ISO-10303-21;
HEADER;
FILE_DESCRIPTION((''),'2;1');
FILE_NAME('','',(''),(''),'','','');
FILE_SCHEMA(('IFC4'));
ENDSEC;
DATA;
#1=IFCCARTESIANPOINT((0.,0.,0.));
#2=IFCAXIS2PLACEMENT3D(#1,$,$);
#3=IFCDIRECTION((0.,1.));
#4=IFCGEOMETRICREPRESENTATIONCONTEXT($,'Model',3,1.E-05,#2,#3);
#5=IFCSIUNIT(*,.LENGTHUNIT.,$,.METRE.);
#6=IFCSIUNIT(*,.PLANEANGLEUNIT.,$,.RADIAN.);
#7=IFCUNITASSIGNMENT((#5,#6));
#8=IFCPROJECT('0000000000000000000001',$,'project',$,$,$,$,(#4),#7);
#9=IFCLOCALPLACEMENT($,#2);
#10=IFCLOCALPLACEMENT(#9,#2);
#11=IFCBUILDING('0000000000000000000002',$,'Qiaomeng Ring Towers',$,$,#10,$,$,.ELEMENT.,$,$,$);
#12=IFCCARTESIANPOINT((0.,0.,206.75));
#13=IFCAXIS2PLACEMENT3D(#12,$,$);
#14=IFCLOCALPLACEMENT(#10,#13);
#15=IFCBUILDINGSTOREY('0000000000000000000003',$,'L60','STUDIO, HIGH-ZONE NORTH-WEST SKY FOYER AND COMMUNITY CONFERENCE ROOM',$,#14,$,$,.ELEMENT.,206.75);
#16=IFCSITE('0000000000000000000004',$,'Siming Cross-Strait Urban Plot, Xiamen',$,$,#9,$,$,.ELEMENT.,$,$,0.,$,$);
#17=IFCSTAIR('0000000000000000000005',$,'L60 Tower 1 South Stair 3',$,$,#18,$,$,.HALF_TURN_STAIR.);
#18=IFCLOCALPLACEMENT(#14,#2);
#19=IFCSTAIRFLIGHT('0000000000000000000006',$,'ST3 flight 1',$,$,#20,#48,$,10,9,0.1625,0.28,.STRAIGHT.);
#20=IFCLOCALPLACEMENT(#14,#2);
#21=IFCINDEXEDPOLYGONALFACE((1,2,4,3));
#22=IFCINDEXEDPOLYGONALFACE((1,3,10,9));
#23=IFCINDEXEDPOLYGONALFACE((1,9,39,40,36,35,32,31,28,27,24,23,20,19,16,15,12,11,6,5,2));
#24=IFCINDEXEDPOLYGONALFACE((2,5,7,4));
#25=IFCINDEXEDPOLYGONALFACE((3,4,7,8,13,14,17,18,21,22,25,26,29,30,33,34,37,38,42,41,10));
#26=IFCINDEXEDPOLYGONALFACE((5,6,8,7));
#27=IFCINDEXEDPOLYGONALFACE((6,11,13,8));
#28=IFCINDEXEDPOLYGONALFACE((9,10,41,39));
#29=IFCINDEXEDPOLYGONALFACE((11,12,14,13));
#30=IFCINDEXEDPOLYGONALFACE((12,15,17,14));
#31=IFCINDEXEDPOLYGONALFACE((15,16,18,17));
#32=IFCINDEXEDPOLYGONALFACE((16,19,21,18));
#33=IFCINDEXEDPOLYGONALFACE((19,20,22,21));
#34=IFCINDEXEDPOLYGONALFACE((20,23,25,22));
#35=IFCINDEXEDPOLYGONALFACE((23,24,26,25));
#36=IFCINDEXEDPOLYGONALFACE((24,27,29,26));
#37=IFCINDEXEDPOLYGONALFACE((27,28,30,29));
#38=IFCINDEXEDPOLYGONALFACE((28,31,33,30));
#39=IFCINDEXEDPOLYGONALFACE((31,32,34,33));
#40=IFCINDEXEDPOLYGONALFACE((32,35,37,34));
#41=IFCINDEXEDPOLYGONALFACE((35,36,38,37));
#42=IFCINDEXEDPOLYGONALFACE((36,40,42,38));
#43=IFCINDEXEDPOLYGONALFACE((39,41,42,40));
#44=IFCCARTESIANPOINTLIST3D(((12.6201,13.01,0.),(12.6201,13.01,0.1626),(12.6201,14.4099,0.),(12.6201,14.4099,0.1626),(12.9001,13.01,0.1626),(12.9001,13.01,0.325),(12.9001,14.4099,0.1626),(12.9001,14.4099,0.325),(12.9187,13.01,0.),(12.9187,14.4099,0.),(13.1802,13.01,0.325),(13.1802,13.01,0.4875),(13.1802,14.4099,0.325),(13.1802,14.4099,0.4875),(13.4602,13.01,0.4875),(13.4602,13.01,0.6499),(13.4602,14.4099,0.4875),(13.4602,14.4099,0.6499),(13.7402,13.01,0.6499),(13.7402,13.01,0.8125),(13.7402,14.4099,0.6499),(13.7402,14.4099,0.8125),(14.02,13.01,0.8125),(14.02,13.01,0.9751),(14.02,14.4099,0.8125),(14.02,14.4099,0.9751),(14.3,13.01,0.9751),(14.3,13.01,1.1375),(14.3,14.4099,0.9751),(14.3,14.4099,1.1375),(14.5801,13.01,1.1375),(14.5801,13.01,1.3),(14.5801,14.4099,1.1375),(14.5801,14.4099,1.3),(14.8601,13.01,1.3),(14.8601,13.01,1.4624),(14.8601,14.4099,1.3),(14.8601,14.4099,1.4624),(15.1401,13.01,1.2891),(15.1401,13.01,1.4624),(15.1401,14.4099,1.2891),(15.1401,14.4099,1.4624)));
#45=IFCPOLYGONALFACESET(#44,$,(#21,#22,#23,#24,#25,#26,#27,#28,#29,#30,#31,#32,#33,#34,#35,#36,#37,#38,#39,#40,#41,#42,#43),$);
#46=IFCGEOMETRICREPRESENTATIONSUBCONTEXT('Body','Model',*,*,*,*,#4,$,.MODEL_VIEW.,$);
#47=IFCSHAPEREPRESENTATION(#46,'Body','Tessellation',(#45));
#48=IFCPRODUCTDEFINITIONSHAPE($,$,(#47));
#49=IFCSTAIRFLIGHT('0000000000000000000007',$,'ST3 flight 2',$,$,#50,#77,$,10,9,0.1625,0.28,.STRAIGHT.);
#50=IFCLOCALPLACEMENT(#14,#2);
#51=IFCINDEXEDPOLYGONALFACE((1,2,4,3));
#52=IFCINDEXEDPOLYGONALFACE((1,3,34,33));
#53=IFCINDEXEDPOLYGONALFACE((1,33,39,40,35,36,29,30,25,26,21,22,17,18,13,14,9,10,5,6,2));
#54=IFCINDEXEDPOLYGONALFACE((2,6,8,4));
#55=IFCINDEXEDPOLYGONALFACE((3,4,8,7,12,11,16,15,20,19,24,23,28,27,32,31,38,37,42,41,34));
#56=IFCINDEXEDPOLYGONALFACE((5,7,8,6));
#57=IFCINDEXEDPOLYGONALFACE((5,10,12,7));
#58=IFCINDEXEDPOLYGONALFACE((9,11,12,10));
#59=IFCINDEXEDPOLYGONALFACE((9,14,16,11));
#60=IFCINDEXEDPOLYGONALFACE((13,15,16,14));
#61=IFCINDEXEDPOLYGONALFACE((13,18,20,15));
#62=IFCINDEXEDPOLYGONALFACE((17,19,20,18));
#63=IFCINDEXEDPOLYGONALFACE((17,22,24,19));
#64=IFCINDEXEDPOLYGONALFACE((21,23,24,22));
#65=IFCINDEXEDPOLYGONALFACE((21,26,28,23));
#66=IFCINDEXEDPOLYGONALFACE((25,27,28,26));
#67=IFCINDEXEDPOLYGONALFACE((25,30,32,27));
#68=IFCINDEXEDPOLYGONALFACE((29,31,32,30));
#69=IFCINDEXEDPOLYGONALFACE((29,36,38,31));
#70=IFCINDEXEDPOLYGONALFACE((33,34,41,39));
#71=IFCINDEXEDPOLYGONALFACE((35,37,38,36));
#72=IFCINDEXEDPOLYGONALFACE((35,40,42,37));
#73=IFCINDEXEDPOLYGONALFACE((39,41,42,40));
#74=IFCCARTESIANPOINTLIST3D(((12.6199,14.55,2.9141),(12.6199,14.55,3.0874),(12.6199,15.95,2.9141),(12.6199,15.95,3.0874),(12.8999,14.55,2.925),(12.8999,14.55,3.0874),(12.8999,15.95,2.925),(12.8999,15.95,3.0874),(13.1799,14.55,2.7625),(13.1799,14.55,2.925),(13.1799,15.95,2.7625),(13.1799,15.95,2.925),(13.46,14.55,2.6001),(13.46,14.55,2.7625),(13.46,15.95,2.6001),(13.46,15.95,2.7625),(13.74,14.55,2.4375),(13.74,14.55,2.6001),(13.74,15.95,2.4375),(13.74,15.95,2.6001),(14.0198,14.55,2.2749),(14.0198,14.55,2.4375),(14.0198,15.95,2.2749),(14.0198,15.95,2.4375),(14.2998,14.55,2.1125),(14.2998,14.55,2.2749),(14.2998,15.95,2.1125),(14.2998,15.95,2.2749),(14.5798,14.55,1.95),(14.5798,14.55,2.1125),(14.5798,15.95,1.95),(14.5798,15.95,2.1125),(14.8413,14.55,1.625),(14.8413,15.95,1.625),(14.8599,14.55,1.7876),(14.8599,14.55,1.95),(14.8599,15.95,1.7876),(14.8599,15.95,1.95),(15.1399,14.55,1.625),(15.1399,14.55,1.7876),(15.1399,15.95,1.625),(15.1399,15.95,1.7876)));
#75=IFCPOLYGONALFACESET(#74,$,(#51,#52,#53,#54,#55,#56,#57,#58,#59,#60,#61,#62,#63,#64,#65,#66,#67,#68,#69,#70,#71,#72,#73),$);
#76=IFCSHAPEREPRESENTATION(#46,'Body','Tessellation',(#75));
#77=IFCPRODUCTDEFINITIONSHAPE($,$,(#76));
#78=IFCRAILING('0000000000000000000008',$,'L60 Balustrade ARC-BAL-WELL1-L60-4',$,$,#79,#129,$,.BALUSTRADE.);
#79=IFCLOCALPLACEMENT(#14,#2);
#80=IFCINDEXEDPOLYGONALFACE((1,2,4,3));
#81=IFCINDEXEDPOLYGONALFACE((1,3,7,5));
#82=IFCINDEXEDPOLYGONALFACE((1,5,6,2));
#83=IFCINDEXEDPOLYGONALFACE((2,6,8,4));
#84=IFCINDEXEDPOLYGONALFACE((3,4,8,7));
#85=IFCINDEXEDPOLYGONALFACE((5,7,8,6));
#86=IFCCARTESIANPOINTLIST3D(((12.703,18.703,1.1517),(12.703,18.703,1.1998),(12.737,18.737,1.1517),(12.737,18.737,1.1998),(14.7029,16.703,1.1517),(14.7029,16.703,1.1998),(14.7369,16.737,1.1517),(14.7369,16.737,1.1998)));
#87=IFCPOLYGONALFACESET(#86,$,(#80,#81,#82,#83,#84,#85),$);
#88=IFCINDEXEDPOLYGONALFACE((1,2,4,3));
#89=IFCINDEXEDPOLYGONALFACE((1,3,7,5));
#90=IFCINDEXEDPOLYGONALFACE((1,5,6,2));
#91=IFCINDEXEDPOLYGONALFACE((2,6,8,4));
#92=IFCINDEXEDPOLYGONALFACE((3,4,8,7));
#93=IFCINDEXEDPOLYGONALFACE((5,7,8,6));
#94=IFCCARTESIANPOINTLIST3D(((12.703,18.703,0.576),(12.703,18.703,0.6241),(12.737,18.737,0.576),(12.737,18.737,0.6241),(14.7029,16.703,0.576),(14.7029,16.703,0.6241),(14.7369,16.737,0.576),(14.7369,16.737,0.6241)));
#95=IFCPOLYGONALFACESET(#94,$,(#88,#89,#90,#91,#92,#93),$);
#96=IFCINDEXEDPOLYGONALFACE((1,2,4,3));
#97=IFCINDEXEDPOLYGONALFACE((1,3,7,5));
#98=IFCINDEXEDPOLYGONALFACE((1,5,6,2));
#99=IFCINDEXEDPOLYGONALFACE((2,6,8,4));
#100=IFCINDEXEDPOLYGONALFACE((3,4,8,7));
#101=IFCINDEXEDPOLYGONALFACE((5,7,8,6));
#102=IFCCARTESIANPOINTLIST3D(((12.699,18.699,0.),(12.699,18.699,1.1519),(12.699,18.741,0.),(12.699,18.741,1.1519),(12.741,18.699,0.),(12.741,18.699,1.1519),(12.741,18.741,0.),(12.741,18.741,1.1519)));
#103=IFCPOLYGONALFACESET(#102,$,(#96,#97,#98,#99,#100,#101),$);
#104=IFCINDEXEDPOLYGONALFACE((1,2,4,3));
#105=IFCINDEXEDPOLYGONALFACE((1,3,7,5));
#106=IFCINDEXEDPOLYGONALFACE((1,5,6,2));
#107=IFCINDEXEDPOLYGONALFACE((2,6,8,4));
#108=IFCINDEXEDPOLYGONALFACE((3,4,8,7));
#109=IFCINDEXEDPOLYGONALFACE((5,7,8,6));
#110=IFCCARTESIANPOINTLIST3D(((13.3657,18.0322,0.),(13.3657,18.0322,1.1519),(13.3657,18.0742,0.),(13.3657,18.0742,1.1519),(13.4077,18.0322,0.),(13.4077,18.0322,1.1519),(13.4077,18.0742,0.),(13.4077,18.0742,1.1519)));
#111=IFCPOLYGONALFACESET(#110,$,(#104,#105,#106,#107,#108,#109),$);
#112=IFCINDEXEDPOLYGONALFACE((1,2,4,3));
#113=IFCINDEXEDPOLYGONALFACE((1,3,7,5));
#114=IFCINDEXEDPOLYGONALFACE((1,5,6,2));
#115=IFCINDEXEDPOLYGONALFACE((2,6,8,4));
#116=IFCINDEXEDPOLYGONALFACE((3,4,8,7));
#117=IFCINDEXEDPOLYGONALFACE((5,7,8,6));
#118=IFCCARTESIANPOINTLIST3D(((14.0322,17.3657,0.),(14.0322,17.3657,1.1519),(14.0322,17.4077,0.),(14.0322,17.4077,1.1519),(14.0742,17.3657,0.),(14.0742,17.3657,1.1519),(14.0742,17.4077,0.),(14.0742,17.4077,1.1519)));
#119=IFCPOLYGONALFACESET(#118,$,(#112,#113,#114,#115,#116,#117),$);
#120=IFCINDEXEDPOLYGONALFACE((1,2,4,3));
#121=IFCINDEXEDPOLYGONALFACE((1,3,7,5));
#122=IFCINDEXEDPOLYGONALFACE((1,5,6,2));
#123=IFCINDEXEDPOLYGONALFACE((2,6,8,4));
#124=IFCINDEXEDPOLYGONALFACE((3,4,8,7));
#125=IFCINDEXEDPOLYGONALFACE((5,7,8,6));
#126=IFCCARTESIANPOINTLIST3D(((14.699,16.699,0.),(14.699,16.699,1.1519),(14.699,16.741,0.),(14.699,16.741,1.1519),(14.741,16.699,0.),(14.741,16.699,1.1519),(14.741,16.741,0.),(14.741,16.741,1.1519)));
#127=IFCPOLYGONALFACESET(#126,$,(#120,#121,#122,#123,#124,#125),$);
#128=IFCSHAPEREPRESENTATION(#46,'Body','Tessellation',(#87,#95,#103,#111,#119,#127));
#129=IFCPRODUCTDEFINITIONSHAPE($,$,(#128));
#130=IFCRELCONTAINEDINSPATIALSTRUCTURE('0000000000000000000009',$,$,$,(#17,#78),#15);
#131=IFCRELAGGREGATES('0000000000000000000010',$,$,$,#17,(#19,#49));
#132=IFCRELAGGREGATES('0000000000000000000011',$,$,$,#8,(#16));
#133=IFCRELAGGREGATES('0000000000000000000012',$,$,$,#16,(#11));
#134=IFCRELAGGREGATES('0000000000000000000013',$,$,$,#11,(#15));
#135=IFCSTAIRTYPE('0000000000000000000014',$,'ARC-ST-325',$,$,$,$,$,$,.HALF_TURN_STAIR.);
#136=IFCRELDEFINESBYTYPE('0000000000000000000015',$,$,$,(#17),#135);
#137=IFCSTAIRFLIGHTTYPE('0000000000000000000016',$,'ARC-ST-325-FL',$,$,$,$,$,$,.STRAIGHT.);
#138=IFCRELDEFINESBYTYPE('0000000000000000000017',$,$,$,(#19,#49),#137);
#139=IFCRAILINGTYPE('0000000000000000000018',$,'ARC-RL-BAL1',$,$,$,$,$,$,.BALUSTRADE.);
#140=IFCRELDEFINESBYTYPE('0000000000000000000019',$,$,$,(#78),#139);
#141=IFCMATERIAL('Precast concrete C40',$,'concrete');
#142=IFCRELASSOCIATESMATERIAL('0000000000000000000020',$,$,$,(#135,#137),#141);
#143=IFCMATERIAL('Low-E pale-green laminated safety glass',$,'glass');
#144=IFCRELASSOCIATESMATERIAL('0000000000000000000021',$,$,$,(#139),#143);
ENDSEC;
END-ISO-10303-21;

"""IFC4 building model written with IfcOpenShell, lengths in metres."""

from ifc_helpers import new_model, si_unit, direction, frame, origin, origin_2d, place, context, subcontext, project, spatial, polyline, rectangle, outline, extrude, source, transform, mapped, material, type_object, element, aggregate, save


model = new_model("IFC4")

# Units and contexts
model_context = context("Model", 3, precision=1e-05, world=origin(), true_north=direction((0.0, 1.0)))
body_context = subcontext(model_context, "Body", "Model", "MODEL_VIEW")
ifc_project = project(units=[si_unit("LENGTHUNIT", "METRE"), si_unit("PLANEANGLEUNIT", "RADIAN")], contexts=[model_context])

# Site, building, storey
site_placement = place(None, origin())
site = spatial("IfcSite", under=ifc_project, at=site_placement, Name="Siming Cross-Strait Urban Plot, Xiamen", CompositionType="ELEMENT", RefElevation=0.0)
building_placement = place(site_placement, origin())
building = spatial("IfcBuilding", under=site, at=building_placement, Name="Qiaomeng Ring Towers", CompositionType="ELEMENT")
storey_placement = place(building_placement, frame((0.0, 0.0, 206.75)))
storey = spatial("IfcBuildingStorey", under=building, at=storey_placement, Name="L60", Description="STUDIO, HIGH-ZONE NORTH-WEST SKY FOYER AND COMMUNITY CONFERENCE ROOM", CompositionType="ELEMENT", Elevation=206.75)

# Stair, stair flights
ifc_material_1 = material(Name="Precast concrete C40", Category="concrete")
stair_type = type_object("IfcStairType", Name="ARC-ST-325", PredefinedType="HALF_TURN_STAIR", material=ifc_material_1)
stair_placement = place(storey_placement, origin())
stair = element("IfcStair", 1, at=stair_placement, inside=storey, type_object=stair_type, Name="L60 Tower 1 South Stair 3", PredefinedType="HALF_TURN_STAIR")
stair_flight_type = type_object("IfcStairFlightType", Name="ARC-ST-325-FL", PredefinedType="STRAIGHT", material=ifc_material_1)
shared_shape_1 = source(origin(), body_context, "Body", "SweptSolid", [
    extrude(outline(polyline([(0.0, 0.0), (0.0, 0.1626), (0.28, 0.1626), (0.28, 0.325), (0.5601, 0.325), (0.5601, 0.4875), (0.8401, 0.4875), (0.8401, 0.6499), (1.1201, 0.6499), (1.1201, 0.8125), (1.3999, 0.8125), (1.3999, 0.9751), (1.6799, 0.9751), (1.6799, 1.1375), (1.96, 1.1375), (1.96, 1.3), (2.24, 1.3), (2.24, 1.4624), (2.52, 1.4624), (2.52, 1.625), (2.52, 1.2891), (0.2986, 0.0), (0.0, 0.0)])), frame((0.0, 0.7, 0.0), z_axis=(0.0, -1.0, 0.0), x_axis=(1.0, 0.0, 0.0)), (0.0, 0.0, 1.0), 1.3999),
])
stair_flight_1_placement = place(storey_placement, frame((12.6201, 13.71, 0.0), z_axis=(0.0, 0.0, 1.0), x_axis=(1.0, 0.0, 0.0)))
stair_flight_1 = element("IfcStairFlight", 2, at=stair_flight_1_placement, type_object=stair_flight_type, Name="ST3 flight 1", NumberOfRisers=10, NumberOfTreads=9, PredefinedType="STRAIGHT", RiserHeight=0.1625, TreadLength=0.28, context=body_context, shape_type="MappedRepresentation", body=[
    mapped(shared_shape_1, transform((0.0, 0.0, 0.0), x_axis=(1.0, 0.0, 0.0), y_axis=(0.0, 1.0, 0.0), z_axis=(0.0, 0.0, 1.0), scale=1.0)),
])
stair_flight_2_placement = place(storey_placement, frame((15.1399, 15.25, 1.625), z_axis=(0.0, 0.0, 1.0), x_axis=(-1.0, 0.0, 0.0)))
stair_flight_2 = element("IfcStairFlight", 3, at=stair_flight_2_placement, type_object=stair_flight_type, Name="ST3 flight 2", NumberOfRisers=10, NumberOfTreads=9, PredefinedType="STRAIGHT", RiserHeight=0.1625, TreadLength=0.28, context=body_context, shape_type="MappedRepresentation", body=[
    mapped(shared_shape_1, transform((0.0, 0.0, 0.0), x_axis=(1.0, 0.0, 0.0), y_axis=(0.0, 1.0, 0.0), z_axis=(0.0, 0.0, 1.0), scale=1.0)),
])
aggregate(stair, [stair_flight_1, stair_flight_2])

# Railing
ifc_material_2 = material(Name="Low-E pale-green laminated safety glass", Category="glass")
railing_type_1 = type_object("IfcRailingType", Name="ARC-RL-BAL1", PredefinedType="BALUSTRADE", material=ifc_material_2)
railing_1_placement = place(storey_placement, frame((12.72, 18.72, 0.0)))
element("IfcRailing", 4, at=railing_1_placement, inside=storey, type_object=railing_type_1, Name="L60 Balustrade ARC-BAL-WELL1-L60-4", PredefinedType="BALUSTRADE", context=body_context, shape_type="SweptSolid", body=[
    extrude(rectangle(XDim=0.0481, YDim=0.0481, at=origin_2d()), frame((0.0, 0.0, 1.1758), z_axis=(0.707107, -0.707107, 0.0), x_axis=(0.707107, 0.707107, 0.0)), (0.0, 0.0, 1.0), 2.8284),
    extrude(rectangle(XDim=0.0481, YDim=0.0481, at=origin_2d()), frame((0.0, 0.0, 0.6001), z_axis=(0.707107, -0.707107, 0.0), x_axis=(0.707107, 0.707107, 0.0)), (0.0, 0.0, 1.0), 2.8284),
    extrude(rectangle(XDim=0.042, YDim=0.042, at=origin_2d()), origin(), (0.0, 0.0, 1.0), 1.1519),
    extrude(rectangle(XDim=0.042, YDim=0.042, at=origin_2d()), frame((0.6667, -0.6667, 0.0)), (0.0, 0.0, 1.0), 1.1519),
    extrude(rectangle(XDim=0.042, YDim=0.042, at=origin_2d()), frame((1.3333, -1.3333, 0.0)), (0.0, 0.0, 1.0), 1.1519),
    extrude(rectangle(XDim=0.042, YDim=0.042, at=origin_2d()), frame((2.0, -2.0, 0.0)), (0.0, 0.0, 1.0), 1.1519),
])

save(model, "model.ifc")
